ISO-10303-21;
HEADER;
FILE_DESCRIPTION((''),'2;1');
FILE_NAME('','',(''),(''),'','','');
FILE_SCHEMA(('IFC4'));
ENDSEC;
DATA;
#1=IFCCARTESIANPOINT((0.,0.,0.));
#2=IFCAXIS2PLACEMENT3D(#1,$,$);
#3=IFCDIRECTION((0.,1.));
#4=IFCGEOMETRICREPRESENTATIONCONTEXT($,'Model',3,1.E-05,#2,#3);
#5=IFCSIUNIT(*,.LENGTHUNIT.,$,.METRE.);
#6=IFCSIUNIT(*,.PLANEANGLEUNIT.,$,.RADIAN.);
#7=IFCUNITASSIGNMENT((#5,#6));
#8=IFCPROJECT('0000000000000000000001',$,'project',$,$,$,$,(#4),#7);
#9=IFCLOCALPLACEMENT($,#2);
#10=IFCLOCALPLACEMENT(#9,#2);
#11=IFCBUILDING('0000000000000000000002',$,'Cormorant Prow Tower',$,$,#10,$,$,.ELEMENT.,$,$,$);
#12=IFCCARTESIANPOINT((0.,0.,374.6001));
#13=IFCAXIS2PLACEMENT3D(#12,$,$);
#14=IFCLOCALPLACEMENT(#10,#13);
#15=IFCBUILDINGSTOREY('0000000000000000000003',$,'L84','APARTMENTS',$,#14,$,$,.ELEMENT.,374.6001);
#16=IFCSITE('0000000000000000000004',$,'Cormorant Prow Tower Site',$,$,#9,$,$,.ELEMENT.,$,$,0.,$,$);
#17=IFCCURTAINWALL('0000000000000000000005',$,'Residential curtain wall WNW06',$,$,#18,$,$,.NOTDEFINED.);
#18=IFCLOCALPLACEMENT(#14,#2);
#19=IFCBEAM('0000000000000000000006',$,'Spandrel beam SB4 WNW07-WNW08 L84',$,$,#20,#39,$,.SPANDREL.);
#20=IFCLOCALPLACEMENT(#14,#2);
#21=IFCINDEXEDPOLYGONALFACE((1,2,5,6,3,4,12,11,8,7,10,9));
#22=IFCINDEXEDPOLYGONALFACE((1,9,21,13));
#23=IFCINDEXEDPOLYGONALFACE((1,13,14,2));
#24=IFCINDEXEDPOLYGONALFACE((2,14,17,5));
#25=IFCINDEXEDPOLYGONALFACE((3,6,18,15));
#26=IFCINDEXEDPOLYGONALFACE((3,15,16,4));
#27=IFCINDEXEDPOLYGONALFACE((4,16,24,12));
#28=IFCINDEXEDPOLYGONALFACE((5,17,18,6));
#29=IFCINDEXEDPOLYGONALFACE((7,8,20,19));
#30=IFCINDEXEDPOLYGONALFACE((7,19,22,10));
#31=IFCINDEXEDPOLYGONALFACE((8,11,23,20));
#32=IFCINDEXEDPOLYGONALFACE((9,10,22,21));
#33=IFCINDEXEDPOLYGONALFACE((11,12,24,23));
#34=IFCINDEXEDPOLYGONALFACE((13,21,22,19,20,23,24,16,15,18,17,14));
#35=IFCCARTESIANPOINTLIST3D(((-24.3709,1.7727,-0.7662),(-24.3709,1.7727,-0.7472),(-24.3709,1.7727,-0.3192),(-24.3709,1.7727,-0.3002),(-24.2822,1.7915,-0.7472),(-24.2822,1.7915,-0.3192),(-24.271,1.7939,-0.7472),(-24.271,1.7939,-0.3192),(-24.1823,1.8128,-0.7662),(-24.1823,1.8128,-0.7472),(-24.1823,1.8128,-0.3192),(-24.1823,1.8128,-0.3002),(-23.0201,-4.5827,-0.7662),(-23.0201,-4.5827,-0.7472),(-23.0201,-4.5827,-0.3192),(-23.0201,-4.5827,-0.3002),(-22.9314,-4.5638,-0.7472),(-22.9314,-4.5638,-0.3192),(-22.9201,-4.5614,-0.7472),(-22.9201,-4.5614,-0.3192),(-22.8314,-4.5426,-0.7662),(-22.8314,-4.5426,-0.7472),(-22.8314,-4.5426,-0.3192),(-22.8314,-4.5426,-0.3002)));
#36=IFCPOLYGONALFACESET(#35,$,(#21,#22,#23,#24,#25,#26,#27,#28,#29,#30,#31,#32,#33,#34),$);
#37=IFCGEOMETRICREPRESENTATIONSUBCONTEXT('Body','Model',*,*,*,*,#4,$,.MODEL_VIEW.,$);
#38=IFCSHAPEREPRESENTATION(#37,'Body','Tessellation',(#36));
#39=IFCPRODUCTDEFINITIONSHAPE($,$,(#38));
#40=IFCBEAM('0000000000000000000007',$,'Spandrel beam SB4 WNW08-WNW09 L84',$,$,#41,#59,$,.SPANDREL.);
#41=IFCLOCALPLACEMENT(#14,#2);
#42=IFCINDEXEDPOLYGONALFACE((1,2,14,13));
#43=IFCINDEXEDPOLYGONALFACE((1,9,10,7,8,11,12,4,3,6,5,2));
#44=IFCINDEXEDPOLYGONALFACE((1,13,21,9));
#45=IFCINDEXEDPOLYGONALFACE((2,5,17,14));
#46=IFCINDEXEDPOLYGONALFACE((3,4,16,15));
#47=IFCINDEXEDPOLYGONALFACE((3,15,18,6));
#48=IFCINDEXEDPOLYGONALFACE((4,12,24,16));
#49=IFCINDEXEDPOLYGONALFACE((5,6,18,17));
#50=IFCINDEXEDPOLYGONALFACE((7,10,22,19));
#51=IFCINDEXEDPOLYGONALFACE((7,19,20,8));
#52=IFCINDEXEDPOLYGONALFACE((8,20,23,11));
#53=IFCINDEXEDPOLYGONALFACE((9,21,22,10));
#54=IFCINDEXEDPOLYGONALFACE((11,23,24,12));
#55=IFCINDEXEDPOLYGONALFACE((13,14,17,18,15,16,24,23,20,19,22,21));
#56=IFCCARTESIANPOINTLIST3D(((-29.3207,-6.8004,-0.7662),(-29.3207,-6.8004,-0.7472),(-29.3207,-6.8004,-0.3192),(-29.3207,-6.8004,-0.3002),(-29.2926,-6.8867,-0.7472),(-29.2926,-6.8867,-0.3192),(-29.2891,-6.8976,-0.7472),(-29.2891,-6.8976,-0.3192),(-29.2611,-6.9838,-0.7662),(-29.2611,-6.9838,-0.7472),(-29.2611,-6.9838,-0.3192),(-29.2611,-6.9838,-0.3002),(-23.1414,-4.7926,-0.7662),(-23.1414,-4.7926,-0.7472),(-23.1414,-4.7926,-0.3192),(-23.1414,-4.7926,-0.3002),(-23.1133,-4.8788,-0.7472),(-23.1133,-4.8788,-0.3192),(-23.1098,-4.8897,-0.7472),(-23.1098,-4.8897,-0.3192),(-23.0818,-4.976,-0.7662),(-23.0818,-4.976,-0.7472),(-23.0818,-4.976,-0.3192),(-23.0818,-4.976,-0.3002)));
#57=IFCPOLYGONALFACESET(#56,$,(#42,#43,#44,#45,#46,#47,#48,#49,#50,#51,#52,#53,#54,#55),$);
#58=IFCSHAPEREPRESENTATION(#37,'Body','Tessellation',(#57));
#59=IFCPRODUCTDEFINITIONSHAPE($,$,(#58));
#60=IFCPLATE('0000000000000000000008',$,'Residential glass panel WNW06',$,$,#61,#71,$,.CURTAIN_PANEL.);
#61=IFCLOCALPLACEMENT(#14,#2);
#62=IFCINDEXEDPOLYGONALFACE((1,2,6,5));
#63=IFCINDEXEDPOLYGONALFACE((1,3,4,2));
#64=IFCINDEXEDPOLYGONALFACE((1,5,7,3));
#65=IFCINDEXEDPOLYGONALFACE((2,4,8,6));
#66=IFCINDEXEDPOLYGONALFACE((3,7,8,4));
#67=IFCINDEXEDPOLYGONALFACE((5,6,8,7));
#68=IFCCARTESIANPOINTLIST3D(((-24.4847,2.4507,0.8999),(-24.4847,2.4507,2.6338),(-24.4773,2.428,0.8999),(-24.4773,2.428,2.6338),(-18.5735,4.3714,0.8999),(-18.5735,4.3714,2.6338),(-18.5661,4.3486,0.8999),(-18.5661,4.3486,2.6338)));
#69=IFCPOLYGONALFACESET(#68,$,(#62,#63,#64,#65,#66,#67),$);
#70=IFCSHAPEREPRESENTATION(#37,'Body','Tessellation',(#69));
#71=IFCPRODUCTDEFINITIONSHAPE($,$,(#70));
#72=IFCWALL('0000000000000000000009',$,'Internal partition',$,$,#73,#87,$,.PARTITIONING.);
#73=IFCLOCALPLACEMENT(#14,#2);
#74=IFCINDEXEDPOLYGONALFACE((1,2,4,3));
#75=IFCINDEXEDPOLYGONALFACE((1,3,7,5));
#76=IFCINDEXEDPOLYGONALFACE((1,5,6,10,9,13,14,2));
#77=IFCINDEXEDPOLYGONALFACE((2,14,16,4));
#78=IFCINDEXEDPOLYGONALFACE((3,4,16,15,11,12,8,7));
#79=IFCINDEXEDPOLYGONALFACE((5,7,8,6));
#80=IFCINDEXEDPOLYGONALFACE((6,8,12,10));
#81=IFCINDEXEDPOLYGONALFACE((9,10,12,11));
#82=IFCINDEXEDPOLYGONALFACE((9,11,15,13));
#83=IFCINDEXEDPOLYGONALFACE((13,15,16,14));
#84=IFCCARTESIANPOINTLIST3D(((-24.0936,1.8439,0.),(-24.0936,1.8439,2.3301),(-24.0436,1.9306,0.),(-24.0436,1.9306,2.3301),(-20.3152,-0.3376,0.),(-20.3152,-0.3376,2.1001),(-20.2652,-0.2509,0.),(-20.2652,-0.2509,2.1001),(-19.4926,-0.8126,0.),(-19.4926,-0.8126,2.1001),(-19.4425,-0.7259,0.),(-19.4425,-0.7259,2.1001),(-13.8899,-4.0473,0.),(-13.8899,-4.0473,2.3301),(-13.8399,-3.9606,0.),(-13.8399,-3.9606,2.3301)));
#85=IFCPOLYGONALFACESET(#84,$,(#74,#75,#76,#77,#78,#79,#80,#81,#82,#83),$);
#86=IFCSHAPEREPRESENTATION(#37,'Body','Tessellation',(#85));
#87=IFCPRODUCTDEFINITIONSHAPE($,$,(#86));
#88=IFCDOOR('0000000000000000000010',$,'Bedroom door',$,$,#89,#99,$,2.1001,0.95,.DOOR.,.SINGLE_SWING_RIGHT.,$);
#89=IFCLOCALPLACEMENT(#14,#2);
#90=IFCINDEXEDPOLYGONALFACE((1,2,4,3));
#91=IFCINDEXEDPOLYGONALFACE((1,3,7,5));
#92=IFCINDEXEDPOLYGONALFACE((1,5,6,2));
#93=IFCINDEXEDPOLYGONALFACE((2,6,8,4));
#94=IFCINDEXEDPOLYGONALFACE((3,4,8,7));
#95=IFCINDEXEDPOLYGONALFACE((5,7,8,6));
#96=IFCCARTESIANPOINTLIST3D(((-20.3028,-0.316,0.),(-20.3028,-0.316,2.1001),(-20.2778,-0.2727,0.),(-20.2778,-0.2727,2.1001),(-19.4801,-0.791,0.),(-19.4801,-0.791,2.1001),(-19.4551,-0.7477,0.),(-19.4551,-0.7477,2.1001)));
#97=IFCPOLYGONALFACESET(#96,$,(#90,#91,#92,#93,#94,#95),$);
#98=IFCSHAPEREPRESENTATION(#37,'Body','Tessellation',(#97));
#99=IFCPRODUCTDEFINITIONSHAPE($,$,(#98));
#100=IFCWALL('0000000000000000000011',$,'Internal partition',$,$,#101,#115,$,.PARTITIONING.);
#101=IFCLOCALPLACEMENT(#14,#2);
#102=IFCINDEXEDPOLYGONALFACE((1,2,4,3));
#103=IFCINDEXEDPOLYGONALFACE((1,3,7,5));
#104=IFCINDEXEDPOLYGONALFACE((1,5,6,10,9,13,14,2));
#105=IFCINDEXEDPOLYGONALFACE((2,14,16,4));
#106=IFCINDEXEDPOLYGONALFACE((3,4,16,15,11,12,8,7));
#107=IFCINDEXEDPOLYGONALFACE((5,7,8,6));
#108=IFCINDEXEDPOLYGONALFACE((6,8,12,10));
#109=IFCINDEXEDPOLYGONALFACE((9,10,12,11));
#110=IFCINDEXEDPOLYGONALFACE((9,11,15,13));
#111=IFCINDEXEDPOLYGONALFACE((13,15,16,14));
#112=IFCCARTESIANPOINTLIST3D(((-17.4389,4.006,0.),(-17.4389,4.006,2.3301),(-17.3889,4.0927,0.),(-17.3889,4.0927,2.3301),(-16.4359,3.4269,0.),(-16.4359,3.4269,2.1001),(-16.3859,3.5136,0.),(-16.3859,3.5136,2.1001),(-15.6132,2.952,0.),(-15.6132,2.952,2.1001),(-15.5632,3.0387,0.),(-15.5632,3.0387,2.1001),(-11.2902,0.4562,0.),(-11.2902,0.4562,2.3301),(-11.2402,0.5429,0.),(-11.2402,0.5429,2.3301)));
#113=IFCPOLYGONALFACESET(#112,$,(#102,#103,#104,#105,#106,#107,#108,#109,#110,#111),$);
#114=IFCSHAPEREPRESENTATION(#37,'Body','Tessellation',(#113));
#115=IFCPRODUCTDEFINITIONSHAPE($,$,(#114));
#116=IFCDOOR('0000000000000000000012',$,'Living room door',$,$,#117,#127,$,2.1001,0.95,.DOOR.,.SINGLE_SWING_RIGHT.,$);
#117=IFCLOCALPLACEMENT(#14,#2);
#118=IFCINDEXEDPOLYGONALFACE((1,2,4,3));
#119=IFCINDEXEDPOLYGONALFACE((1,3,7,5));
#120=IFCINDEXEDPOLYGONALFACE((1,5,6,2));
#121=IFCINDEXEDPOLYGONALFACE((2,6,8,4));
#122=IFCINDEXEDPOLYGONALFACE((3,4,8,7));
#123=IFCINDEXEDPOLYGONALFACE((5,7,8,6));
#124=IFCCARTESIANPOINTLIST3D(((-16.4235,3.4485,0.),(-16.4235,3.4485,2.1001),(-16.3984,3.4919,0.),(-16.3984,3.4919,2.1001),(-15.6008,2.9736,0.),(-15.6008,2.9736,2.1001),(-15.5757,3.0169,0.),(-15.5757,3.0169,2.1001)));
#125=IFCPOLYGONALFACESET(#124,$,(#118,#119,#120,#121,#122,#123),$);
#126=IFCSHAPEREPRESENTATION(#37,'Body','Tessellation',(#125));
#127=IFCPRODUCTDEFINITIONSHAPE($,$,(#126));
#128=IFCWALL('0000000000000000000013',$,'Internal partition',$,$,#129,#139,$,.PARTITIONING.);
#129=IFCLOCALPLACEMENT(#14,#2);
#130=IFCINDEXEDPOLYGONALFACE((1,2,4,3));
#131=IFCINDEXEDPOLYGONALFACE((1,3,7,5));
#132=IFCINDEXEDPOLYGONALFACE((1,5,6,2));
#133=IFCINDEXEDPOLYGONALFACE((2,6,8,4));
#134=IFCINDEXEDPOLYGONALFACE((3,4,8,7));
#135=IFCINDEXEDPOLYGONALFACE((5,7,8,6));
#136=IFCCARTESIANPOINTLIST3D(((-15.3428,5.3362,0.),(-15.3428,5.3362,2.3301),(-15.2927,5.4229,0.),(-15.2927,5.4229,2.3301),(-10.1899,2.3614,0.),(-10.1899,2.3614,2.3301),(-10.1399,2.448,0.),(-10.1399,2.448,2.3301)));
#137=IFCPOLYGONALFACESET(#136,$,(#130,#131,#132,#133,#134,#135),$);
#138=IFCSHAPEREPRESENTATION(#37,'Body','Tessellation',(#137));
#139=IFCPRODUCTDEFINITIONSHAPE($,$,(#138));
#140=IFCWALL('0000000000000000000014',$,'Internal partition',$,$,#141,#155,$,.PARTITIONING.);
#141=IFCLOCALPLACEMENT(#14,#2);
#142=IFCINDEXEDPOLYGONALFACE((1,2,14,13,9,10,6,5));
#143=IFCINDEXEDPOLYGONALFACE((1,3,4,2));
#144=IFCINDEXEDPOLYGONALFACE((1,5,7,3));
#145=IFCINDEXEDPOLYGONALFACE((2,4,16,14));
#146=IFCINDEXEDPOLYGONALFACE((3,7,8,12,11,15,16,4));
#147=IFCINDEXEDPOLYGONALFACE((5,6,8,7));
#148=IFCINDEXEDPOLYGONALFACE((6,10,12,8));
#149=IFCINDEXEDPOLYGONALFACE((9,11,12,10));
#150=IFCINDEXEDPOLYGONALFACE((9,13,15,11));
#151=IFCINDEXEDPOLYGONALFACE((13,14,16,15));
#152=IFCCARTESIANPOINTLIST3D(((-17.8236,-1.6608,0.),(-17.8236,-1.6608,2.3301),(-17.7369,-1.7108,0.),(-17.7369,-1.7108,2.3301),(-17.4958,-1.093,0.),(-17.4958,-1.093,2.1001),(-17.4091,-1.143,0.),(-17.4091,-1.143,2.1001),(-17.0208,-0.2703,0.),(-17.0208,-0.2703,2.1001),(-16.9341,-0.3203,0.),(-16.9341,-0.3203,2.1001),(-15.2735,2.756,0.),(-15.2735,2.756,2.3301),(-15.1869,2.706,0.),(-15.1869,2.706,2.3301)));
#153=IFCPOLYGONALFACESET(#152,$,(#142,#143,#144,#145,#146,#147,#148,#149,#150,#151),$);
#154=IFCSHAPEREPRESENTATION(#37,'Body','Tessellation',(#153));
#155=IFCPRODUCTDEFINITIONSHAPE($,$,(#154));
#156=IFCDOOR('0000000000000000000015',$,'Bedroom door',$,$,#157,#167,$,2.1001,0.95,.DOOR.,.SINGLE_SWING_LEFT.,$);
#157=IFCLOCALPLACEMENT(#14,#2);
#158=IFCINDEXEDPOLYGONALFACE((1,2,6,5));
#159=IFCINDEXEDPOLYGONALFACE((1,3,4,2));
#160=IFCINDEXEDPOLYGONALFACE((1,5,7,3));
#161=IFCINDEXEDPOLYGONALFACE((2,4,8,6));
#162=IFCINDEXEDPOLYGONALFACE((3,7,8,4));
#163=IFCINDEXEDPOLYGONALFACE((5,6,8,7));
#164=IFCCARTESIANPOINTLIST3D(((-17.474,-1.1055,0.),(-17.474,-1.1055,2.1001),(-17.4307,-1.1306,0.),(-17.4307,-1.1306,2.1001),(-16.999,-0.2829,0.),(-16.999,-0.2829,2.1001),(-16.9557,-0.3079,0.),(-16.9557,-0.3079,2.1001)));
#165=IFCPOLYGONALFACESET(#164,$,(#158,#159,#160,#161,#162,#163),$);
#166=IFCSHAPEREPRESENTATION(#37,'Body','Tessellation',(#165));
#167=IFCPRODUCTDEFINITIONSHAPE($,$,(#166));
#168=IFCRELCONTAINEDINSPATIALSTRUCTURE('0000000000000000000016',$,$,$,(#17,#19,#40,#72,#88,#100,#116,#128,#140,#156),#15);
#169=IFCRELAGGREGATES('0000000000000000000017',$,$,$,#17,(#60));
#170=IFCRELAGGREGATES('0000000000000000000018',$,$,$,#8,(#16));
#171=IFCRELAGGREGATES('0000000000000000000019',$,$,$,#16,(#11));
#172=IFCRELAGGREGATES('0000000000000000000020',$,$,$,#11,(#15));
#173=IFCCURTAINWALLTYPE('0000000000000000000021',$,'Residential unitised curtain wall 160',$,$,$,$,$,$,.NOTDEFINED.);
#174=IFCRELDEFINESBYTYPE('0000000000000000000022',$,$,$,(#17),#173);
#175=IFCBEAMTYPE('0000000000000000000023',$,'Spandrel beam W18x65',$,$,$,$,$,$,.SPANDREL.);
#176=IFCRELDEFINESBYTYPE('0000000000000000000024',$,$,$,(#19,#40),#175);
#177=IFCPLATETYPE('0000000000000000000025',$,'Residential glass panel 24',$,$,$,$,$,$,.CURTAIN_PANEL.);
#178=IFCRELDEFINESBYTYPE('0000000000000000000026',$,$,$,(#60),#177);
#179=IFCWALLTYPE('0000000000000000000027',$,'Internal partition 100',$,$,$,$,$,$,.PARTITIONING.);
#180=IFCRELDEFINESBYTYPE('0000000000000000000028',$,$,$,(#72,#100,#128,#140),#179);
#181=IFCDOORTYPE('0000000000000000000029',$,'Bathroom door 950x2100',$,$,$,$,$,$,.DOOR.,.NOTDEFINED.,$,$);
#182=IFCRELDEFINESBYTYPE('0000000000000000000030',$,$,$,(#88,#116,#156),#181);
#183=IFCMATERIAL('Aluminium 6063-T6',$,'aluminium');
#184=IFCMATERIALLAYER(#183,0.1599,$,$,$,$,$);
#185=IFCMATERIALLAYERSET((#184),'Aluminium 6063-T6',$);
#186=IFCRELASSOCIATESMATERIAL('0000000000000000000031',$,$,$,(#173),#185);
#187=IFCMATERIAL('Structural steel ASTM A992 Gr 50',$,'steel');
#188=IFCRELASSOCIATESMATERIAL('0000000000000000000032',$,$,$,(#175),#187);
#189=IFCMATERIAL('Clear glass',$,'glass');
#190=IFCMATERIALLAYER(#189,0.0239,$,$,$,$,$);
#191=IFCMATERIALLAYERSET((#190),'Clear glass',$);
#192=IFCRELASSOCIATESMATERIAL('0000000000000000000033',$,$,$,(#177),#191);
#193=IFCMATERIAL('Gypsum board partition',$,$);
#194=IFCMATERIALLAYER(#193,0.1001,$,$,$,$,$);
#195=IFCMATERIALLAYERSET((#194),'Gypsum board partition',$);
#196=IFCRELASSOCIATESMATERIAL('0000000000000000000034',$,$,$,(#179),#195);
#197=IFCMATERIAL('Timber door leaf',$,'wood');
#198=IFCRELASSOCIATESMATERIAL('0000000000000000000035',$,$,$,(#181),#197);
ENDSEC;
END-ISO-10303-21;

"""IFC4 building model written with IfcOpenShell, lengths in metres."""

from ifc_helpers import new_model, si_unit, direction, frame, frame_2d, origin, origin_2d, place, context, subcontext, project, spatial, rectangle, i_section, extrude, material, layer, layer_set, material_profile, profile_set, type_object, element, fill, aggregate, save


model = new_model("IFC4")

# Units and contexts
model_context = context("Model", 3, precision=1e-05, world=origin(), true_north=direction((0.0, 1.0)))
body_context = subcontext(model_context, "Body", "Model", "MODEL_VIEW")
ifc_project = project(units=[si_unit("LENGTHUNIT", "METRE"), si_unit("PLANEANGLEUNIT", "RADIAN")], contexts=[model_context])

# Site, building, storey
site_placement = place(None, origin())
site = spatial("IfcSite", under=ifc_project, at=site_placement, Name="Cormorant Prow Tower Site", CompositionType="ELEMENT", RefElevation=0.0)
building_placement = place(site_placement, origin())
building = spatial("IfcBuilding", under=site, at=building_placement, Name="Cormorant Prow Tower", CompositionType="ELEMENT")
storey_placement = place(building_placement, frame((0.0, 0.0, 374.6001)))
storey = spatial("IfcBuildingStorey", under=building, at=storey_placement, Name="L84", Description="APARTMENTS", CompositionType="ELEMENT", Elevation=374.6001)

# Curtain wall
ifc_material_1 = material(Name="Aluminium 6063-T6", Category="aluminium")
ifc_layer_1 = layer(ifc_material_1, 0.1599)
ifc_layer_set_1 = layer_set([ifc_layer_1], Name="Aluminium 6063-T6")
curtain_wall_type = type_object("IfcCurtainWallType", Name="Residential unitised curtain wall 160", PredefinedType="NOTDEFINED", material=ifc_layer_set_1)
curtain_wall_1_placement = place(storey_placement, origin())
curtain_wall_1 = element("IfcCurtainWall", 1, at=curtain_wall_1_placement, inside=storey, type_object=curtain_wall_type, Name="Residential curtain wall WNW06", PredefinedType="NOTDEFINED")

# Beams
ifc_material_2 = material(Name="Structural steel ASTM A992 Gr 50", Category="steel")
ifc_material_profile_1 = material_profile(ifc_material_2, i_section(OverallWidth=0.1929, OverallDepth=0.4661, WebThickness=0.0115, FlangeThickness=0.019, at=origin_2d()), Name="W18x65")
ifc_profile_set_1 = profile_set([ifc_material_profile_1], Name="Structural steel ASTM A992 Gr 50")
beam_type_1 = type_object("IfcBeamType", Name="Spandrel beam W18x65", PredefinedType="SPANDREL", material=ifc_profile_set_1)
for number, where, z_axis, x_axis, name in (
    (2, (-24.2766, 1.7927, -0.5332), (0.20791, -0.978148, 0.0), (0.978148, 0.20791, 0.0), "Spandrel beam SB4 WNW07-WNW08 L84"),
    (3, (-23.1116, -4.8843, -0.5332), (-0.951053, -0.309027, 0.0), (0.309027, -0.951053, 0.0), "Spandrel beam SB4 WNW08-WNW09 L84"),
):
    element("IfcBeam", number, at=place(storey_placement, frame(where, z_axis=z_axis, x_axis=x_axis)), inside=storey, type_object=beam_type_1, Name=name, PredefinedType="SPANDREL", context=body_context, shape_type="SweptSolid", body=[
        extrude(i_section(OverallWidth=0.1929, OverallDepth=0.4661, WebThickness=0.0115, FlangeThickness=0.019, at=origin_2d()), origin(), (0.0, 0.0, 1.0), 6.4973),
    ])

# Plate
ifc_material_3 = material(Name="Clear glass", Category="glass")
ifc_layer_2 = layer(ifc_material_3, 0.0239)
ifc_layer_set_2 = layer_set([ifc_layer_2], Name="Clear glass")
plate_type = type_object("IfcPlateType", Name="Residential glass panel 24", PredefinedType="CURTAIN_PANEL", material=ifc_layer_set_2)
plate_placement = place(storey_placement, frame((-21.5254, 3.3997, 0.8999), z_axis=(0.0, 0.0, 1.0), x_axis=(-0.951056, -0.309017, 0.0)))
plate = element("IfcPlate", 4, at=plate_placement, type_object=plate_type, Name="Residential glass panel WNW06", PredefinedType="CURTAIN_PANEL", context=body_context, shape_type="SweptSolid", body=[
    extrude(rectangle(XDim=6.2153, YDim=0.0239, at=origin_2d()), origin(), (0.0, 0.0, 1.0), 1.7339),
])
aggregate(curtain_wall_1, [plate])

# Walls, openings, doors
ifc_material_4 = material(Name="Gypsum board partition")
ifc_layer_3 = layer(ifc_material_4, 0.1001)
ifc_layer_set_3 = layer_set([ifc_layer_3], Name="Gypsum board partition")
wall_type_1 = type_object("IfcWallType", Name="Internal partition 100", PredefinedType="PARTITIONING", material=ifc_layer_set_3)
wall_1_placement = place(storey_placement, frame((-24.0686, 1.8872, 0.0), z_axis=(0.0, 0.0, 1.0), x_axis=(0.866023, -0.500003, 0.0)))
wall_1 = element("IfcWall", 5, at=wall_1_placement, inside=storey, type_object=wall_type_1, Name="Internal partition", PredefinedType="PARTITIONING", context=body_context, shape_type="SweptSolid", body=[
    extrude(rectangle(XDim=11.7822, YDim=0.1001, at=frame_2d((5.8911, 0.0))), origin(), (0.0, 0.0, 1.0), 2.3301),
])
opening_1_placement = place(wall_1_placement, frame((4.3628, 0.0, 0.0)))
opening_1 = element("IfcOpeningElement", 6, at=opening_1_placement, cuts=wall_1, PredefinedType="OPENING", context=body_context, shape_type="SweptSolid", body=[
    extrude(rectangle(XDim=0.95, YDim=2.1001, at=frame_2d((0.4751, 1.05))), frame((0.0, 0.0601, 0.0), z_axis=(0.0, -1.0, 0.0), x_axis=(1.0, 0.0, 0.0)), (0.0, 0.0, 1.0), 0.1201),
])
ifc_material_5 = material(Name="Timber door leaf", Category="wood")
door_type_1 = type_object("IfcDoorType", Name="Bathroom door 950x2100", OperationType="NOTDEFINED", PredefinedType="DOOR", material=ifc_material_5)
door_1_placement = place(opening_1_placement, origin())
door_1 = element("IfcDoor", 7, at=door_1_placement, inside=storey, type_object=door_type_1, Name="Bedroom door", OperationType="SINGLE_SWING_RIGHT", OverallHeight=2.1001, OverallWidth=0.95, PredefinedType="DOOR", context=body_context, shape_type="SweptSolid", body=[
    extrude(rectangle(XDim=0.95, YDim=2.1001, at=frame_2d((0.4751, 1.05))), frame((0.0, 0.0249, 0.0), z_axis=(0.0, -1.0, 0.0), x_axis=(1.0, 0.0, 0.0)), (0.0, 0.0, 1.0), 0.05),
])
fill(opening_1, door_1)
wall_2_placement = place(storey_placement, frame((-17.4138, 4.0493, 0.0), z_axis=(0.0, 0.0, 1.0), x_axis=(0.866034, -0.499985, 0.0)))
wall_2 = element("IfcWall", 8, at=wall_2_placement, inside=storey, type_object=wall_type_1, Name="Internal partition", PredefinedType="PARTITIONING", context=body_context, shape_type="SweptSolid", body=[
    extrude(rectangle(XDim=7.0999, YDim=0.1001, at=frame_2d((3.5498, 0.0))), origin(), (0.0, 0.0, 1.0), 2.3301),
])
opening_2_placement = place(wall_2_placement, frame((1.158, 0.0, 0.0)))
opening_2 = element("IfcOpeningElement", 9, at=opening_2_placement, cuts=wall_2, PredefinedType="OPENING", context=body_context, shape_type="SweptSolid", body=[
    extrude(rectangle(XDim=0.95, YDim=2.1001, at=frame_2d((0.4751, 1.05))), frame((0.0, 0.0601, 0.0), z_axis=(0.0, -1.0, 0.0), x_axis=(1.0, 0.0, 0.0)), (0.0, 0.0, 1.0), 0.1201),
])
door_2_placement = place(opening_2_placement, origin())
door_2 = element("IfcDoor", 10, at=door_2_placement, inside=storey, type_object=door_type_1, Name="Living room door", OperationType="SINGLE_SWING_RIGHT", OverallHeight=2.1001, OverallWidth=0.95, PredefinedType="DOOR", context=body_context, shape_type="SweptSolid", body=[
    extrude(rectangle(XDim=0.95, YDim=2.1001, at=frame_2d((0.4751, 1.05))), frame((0.0, 0.0249, 0.0), z_axis=(0.0, -1.0, 0.0), x_axis=(1.0, 0.0, 0.0)), (0.0, 0.0, 1.0), 0.05),
])
fill(opening_2, door_2)

# Wall
wall_3_placement = place(storey_placement, frame((-15.3179, 5.3796, 0.0), z_axis=(0.0, 0.0, 1.0), x_axis=(0.866035, -0.499983, 0.0)))
element("IfcWall", 11, at=wall_3_placement, inside=storey, type_object=wall_type_1, Name="Internal partition", PredefinedType="PARTITIONING", context=body_context, shape_type="SweptSolid", body=[
    extrude(rectangle(XDim=5.95, YDim=0.1001, at=frame_2d((2.9751, 0.0))), origin(), (0.0, 0.0, 1.0), 2.3301),
])

# Wall, opening, door
wall_4_placement = place(storey_placement, frame((-17.7803, -1.6858, 0.0), z_axis=(0.0, 0.0, 1.0), x_axis=(0.500006, 0.866022, 0.0)))
wall_4 = element("IfcWall", 12, at=wall_4_placement, inside=storey, type_object=wall_type_1, Name="Internal partition", PredefinedType="PARTITIONING", context=body_context, shape_type="SweptSolid", body=[
    extrude(rectangle(XDim=5.1001, YDim=0.1001, at=frame_2d((2.55, 0.0))), origin(), (0.0, 0.0, 1.0), 2.3301),
])
opening_3_placement = place(wall_4_placement, frame((0.6555, 0.0, 0.0)))
opening_3 = element("IfcOpeningElement", 13, at=opening_3_placement, cuts=wall_4, PredefinedType="OPENING", context=body_context, shape_type="SweptSolid", body=[
    extrude(rectangle(XDim=0.95, YDim=2.1001, at=frame_2d((0.4751, 1.05))), frame((0.0, 0.0601, 0.0), z_axis=(0.0, -1.0, 0.0), x_axis=(1.0, 0.0, 0.0)), (0.0, 0.0, 1.0), 0.1201),
])
door_3_placement = place(opening_3_placement, origin())
door_3 = element("IfcDoor", 14, at=door_3_placement, inside=storey, type_object=door_type_1, Name="Bedroom door", OperationType="SINGLE_SWING_LEFT", OverallHeight=2.1001, OverallWidth=0.95, PredefinedType="DOOR", context=body_context, shape_type="SweptSolid", body=[
    extrude(rectangle(XDim=0.95, YDim=2.1001, at=frame_2d((0.4751, 1.05))), frame((0.0, 0.0249, 0.0), z_axis=(0.0, -1.0, 0.0), x_axis=(1.0, 0.0, 0.0)), (0.0, 0.0, 1.0), 0.05),
])
fill(opening_3, door_3)

save(model, "model.ifc")
